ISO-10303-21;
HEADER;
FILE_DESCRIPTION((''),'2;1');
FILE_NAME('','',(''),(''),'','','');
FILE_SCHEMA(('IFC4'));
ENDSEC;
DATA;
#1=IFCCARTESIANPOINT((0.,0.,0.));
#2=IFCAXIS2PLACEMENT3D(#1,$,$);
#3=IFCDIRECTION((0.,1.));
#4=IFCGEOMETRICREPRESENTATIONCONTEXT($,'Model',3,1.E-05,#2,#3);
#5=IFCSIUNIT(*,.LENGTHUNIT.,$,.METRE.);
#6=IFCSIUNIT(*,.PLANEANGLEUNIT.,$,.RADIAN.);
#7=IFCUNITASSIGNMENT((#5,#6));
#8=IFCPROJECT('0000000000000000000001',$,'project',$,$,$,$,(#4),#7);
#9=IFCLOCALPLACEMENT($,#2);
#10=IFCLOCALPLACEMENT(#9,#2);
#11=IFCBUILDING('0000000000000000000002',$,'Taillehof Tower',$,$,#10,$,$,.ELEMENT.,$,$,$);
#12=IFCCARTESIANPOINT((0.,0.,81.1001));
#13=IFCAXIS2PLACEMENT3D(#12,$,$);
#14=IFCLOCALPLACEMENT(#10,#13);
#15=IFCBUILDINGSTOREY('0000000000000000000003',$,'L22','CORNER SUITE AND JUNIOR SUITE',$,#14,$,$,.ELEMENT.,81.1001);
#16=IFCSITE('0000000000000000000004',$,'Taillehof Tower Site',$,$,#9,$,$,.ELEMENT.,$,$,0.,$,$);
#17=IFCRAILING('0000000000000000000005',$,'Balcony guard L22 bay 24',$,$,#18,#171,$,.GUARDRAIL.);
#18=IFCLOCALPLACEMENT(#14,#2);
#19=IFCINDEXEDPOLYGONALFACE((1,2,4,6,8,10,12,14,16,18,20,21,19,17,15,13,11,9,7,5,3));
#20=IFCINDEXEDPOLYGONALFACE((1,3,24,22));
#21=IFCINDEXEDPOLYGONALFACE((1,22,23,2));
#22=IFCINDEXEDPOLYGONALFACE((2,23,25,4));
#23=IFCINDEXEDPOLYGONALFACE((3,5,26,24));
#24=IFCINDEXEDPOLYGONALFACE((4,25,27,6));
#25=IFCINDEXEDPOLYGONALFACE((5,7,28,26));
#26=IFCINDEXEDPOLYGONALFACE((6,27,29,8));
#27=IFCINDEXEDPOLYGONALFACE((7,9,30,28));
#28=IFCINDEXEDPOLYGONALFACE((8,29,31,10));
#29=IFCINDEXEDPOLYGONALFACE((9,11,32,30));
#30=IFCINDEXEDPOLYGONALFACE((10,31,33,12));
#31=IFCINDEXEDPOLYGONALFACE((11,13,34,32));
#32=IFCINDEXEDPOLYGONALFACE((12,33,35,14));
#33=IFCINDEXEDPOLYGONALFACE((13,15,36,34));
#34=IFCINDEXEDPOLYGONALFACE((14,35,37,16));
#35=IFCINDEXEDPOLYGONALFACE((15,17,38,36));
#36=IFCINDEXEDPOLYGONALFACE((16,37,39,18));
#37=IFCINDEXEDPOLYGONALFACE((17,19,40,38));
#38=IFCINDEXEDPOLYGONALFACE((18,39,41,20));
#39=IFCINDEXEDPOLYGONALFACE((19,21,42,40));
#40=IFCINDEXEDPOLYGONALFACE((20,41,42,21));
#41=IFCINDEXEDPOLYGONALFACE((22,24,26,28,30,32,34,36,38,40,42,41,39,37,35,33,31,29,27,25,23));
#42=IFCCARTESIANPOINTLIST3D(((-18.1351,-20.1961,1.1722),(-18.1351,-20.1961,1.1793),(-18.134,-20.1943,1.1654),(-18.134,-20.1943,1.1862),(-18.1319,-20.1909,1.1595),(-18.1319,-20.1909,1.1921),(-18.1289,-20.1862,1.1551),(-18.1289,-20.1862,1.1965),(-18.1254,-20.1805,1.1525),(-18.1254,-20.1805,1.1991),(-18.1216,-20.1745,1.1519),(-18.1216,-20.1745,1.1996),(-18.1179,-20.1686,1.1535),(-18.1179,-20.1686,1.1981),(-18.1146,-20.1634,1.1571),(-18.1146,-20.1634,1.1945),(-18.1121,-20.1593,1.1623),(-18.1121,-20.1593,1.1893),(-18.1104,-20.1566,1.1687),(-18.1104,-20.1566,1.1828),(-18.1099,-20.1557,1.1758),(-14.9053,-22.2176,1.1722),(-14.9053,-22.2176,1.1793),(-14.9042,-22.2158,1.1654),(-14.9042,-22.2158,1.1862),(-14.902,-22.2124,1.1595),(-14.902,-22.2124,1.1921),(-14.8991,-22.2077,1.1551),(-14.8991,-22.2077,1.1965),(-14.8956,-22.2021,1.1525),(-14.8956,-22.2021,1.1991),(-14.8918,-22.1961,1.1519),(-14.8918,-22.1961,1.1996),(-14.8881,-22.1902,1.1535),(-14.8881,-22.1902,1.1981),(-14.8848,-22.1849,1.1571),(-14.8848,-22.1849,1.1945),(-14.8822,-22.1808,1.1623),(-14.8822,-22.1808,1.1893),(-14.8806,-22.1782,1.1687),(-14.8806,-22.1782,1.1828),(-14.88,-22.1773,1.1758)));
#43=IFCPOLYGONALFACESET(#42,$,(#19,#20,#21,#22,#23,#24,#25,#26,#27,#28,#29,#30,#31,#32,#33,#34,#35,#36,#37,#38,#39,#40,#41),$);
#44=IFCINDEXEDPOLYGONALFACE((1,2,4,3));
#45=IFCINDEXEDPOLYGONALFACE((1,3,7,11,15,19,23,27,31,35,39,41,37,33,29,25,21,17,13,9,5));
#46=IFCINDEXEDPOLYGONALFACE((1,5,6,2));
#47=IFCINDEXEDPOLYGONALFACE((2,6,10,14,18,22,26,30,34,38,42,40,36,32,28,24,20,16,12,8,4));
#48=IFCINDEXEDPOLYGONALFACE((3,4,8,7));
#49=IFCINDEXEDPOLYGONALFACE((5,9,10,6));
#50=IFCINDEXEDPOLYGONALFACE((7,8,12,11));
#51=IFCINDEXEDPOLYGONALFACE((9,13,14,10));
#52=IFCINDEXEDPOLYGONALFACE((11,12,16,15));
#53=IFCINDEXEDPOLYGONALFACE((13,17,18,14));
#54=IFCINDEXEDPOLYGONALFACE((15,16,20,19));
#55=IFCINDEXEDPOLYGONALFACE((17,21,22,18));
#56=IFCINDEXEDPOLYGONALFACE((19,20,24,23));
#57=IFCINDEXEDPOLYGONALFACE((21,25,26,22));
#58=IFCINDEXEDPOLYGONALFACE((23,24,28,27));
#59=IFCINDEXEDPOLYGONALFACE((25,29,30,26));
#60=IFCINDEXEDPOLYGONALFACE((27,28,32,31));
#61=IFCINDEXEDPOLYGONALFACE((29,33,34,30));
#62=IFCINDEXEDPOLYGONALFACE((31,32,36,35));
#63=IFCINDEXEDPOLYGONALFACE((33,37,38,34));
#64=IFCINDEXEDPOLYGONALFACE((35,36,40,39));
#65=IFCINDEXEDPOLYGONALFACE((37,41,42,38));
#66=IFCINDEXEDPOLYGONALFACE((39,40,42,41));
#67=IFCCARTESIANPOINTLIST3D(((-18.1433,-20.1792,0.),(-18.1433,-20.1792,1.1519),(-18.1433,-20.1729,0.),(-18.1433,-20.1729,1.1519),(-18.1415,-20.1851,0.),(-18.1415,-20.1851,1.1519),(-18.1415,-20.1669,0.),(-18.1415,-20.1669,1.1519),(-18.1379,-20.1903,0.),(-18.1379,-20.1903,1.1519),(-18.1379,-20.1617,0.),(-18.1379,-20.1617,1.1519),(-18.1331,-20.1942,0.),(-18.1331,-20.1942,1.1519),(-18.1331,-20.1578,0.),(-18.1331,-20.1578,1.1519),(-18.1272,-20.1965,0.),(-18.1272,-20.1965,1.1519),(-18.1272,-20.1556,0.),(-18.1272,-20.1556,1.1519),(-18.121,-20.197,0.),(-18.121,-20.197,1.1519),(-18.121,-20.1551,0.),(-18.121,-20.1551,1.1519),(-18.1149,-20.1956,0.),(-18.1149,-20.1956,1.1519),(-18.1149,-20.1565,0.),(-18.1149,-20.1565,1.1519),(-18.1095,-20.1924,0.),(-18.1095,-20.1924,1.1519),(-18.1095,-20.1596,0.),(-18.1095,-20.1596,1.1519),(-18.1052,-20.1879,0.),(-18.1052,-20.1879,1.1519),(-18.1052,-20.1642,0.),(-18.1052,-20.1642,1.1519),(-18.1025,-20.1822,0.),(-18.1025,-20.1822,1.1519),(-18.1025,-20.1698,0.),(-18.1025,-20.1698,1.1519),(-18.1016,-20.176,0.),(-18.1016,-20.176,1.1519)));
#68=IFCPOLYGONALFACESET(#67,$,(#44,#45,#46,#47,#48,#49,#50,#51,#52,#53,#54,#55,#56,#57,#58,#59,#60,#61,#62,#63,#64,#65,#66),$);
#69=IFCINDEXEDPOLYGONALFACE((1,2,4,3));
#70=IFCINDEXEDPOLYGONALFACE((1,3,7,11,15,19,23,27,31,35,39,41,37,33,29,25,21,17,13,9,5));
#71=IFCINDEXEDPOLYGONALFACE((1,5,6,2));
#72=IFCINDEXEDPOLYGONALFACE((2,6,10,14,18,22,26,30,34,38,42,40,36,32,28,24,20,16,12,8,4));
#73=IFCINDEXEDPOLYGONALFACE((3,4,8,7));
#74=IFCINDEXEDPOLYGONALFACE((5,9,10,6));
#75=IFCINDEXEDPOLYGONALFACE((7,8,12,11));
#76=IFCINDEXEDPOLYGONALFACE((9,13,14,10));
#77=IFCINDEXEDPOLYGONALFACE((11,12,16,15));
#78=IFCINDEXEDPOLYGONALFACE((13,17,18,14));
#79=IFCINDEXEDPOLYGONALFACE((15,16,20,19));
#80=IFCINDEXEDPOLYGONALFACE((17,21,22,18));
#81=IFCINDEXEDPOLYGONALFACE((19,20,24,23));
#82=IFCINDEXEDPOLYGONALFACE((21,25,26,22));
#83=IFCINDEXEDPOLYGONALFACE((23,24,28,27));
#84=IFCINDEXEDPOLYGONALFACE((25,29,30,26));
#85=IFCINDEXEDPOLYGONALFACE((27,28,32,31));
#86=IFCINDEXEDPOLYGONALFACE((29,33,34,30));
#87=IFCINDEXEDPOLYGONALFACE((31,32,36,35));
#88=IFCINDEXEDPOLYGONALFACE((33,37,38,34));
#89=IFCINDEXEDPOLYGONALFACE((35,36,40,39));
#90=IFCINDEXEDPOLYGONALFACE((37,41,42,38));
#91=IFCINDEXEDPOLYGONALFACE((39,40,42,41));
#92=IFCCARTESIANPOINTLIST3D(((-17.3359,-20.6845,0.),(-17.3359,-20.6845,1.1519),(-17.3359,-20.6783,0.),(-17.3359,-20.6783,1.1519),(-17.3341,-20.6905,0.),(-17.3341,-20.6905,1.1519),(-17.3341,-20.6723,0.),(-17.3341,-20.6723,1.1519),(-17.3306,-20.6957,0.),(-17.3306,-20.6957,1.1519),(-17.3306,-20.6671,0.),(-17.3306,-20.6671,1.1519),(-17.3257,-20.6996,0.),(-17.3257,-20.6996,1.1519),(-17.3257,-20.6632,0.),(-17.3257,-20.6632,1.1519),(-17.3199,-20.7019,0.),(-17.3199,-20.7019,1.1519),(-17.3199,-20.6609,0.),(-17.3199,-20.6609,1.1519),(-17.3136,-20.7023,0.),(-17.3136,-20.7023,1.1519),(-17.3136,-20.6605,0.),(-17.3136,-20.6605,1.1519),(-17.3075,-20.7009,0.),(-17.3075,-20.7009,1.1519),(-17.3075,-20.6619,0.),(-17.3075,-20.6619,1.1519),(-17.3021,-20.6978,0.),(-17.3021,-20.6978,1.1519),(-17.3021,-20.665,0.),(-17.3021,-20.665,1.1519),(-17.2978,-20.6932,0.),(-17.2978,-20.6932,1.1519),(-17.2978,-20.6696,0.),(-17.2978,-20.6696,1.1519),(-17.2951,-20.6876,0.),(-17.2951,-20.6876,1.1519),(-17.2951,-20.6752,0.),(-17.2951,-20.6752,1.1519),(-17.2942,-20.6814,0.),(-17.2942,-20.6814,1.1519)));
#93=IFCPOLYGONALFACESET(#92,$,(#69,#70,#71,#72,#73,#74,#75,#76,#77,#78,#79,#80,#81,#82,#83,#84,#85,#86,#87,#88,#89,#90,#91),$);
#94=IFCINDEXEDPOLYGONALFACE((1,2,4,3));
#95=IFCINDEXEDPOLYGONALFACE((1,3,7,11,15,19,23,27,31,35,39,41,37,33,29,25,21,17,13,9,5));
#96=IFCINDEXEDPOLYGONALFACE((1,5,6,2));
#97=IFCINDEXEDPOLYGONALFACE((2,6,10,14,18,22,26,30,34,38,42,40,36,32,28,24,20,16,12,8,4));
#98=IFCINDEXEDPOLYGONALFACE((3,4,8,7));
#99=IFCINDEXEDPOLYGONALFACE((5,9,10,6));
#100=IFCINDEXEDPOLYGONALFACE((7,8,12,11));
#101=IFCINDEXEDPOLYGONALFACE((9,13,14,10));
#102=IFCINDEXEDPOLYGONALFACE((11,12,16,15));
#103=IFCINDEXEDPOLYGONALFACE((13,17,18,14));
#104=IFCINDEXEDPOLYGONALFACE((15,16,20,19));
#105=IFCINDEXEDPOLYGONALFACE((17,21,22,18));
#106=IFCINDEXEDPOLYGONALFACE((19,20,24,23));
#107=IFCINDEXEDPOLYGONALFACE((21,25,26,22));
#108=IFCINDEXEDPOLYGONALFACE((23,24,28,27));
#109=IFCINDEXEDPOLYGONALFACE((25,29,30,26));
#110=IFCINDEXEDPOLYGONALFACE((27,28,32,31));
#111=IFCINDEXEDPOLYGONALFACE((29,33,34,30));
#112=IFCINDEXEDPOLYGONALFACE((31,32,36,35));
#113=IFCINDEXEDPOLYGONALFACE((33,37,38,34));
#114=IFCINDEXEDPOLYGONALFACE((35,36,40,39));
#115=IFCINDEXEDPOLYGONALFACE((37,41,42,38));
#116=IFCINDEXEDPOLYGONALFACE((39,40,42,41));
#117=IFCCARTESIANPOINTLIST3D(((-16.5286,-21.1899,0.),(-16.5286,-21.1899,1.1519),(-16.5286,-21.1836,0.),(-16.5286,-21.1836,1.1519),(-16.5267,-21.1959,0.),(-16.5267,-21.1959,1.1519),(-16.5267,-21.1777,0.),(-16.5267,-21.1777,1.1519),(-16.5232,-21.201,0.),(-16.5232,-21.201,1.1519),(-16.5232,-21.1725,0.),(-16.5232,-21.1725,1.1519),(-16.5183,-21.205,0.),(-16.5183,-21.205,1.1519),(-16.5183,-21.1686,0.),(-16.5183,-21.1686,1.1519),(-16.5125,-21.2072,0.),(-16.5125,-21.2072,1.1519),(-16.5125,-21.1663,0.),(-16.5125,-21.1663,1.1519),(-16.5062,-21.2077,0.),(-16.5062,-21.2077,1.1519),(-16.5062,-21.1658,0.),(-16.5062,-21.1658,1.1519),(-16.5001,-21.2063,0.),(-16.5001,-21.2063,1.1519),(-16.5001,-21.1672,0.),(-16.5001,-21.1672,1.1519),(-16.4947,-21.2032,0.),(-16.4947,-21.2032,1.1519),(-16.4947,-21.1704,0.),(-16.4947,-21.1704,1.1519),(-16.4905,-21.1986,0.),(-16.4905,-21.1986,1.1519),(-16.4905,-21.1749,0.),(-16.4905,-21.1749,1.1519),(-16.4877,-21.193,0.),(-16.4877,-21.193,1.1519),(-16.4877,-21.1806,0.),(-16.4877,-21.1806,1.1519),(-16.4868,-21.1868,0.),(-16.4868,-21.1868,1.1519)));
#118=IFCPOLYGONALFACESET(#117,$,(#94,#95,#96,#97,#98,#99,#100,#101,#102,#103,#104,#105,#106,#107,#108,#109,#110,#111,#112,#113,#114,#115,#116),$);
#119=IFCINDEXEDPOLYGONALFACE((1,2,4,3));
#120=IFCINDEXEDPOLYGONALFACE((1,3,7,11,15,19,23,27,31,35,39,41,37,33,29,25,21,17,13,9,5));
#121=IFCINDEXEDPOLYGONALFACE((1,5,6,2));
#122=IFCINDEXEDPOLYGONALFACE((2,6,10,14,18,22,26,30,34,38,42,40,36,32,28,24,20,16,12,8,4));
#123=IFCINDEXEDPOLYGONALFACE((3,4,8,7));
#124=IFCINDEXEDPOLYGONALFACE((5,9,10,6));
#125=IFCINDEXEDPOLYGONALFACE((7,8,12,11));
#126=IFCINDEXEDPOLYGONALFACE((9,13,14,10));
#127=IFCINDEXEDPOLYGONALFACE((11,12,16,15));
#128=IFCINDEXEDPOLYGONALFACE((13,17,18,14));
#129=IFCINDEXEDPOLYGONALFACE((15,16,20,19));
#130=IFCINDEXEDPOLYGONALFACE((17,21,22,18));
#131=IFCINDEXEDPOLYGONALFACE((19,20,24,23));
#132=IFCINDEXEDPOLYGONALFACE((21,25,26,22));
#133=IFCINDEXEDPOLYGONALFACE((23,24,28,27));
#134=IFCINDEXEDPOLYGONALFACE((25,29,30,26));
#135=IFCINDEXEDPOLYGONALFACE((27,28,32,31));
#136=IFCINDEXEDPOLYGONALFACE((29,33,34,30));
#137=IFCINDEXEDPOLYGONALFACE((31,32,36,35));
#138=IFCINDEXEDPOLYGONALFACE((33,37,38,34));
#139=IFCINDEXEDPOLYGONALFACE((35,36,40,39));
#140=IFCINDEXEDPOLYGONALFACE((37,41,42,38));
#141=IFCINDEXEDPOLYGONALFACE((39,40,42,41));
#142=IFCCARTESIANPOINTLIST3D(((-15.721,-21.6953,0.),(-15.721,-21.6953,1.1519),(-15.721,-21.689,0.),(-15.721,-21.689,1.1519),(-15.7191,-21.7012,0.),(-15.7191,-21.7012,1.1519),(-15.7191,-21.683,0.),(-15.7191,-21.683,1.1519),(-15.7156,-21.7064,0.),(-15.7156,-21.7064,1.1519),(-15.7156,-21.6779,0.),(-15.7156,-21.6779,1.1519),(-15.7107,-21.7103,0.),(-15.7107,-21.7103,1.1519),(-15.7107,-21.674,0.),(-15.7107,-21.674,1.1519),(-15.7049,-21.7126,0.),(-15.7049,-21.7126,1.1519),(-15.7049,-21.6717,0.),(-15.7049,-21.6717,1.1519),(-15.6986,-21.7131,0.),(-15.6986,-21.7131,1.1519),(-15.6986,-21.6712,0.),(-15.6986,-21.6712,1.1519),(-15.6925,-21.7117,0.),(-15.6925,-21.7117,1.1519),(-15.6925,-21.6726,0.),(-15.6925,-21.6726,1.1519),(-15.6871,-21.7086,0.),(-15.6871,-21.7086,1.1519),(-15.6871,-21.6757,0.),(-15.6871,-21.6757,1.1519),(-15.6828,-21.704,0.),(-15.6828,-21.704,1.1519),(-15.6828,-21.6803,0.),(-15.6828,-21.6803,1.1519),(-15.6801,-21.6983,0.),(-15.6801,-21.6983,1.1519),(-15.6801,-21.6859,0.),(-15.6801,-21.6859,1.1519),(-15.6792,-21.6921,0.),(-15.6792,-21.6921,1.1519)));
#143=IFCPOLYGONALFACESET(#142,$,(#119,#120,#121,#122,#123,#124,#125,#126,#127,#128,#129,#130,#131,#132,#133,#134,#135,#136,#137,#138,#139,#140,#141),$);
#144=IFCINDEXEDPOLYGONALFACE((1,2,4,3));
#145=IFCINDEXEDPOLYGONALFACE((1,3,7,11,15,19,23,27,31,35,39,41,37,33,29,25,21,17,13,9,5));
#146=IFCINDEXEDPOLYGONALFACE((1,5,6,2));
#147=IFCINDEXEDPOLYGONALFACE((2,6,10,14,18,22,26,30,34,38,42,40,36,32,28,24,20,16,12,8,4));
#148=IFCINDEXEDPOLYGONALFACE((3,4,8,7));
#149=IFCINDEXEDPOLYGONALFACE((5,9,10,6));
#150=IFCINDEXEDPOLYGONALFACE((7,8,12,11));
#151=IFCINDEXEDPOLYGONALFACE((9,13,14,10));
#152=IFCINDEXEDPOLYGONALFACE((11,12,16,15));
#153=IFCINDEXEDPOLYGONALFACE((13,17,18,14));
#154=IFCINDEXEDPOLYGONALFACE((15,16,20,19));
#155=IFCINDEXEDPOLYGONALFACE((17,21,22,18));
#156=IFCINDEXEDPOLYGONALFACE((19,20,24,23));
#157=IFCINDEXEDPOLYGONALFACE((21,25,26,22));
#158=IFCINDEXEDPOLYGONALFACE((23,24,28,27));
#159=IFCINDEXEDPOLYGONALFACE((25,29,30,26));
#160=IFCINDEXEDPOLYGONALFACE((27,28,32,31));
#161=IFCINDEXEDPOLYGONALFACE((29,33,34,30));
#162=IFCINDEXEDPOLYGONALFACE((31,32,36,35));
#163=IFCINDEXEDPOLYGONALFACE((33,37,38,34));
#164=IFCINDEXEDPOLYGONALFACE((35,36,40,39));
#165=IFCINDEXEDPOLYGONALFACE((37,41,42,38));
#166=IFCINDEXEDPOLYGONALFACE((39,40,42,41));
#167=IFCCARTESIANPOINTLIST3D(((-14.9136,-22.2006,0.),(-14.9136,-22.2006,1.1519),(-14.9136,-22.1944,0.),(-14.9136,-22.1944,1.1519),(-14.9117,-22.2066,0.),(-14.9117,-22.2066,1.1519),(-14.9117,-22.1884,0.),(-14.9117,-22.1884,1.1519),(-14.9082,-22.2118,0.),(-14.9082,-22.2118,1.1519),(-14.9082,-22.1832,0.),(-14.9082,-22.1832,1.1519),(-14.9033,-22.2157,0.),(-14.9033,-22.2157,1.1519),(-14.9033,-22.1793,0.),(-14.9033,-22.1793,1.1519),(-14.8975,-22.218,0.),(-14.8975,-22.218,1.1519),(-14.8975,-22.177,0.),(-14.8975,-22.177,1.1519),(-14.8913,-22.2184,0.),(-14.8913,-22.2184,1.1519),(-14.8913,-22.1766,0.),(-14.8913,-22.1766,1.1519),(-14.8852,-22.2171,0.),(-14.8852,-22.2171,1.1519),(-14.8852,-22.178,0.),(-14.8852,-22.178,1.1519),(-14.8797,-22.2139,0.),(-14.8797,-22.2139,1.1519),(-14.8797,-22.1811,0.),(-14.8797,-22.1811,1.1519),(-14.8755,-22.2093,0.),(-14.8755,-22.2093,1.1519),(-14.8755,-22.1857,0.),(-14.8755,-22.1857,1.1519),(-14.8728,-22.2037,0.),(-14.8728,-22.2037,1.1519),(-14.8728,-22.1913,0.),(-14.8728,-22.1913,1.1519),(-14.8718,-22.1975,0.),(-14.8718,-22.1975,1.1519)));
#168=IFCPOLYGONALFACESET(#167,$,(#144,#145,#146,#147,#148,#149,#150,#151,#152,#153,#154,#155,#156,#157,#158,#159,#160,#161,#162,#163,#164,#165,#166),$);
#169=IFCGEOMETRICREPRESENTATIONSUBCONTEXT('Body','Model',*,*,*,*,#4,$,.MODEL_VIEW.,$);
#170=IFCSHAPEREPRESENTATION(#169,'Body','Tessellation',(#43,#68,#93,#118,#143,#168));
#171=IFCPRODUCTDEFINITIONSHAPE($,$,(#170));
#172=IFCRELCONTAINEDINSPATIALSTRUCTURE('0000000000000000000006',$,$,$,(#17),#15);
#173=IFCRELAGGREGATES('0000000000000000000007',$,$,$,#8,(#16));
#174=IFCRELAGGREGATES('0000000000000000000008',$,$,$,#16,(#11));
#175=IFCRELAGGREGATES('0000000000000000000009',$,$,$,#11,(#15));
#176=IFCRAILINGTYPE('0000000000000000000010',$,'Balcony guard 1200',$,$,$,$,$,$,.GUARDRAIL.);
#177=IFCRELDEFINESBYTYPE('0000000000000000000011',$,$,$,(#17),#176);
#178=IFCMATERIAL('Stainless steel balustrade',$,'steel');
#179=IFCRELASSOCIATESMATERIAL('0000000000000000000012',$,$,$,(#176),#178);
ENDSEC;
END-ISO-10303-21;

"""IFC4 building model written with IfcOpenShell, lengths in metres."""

from ifc_helpers import new_model, si_unit, direction, frame, origin, origin_2d, place, context, subcontext, project, spatial, circle, extrude, material, type_object, element, save


model = new_model("IFC4")

# Units and contexts
model_context = context("Model", 3, precision=1e-05, world=origin(), true_north=direction((0.0, 1.0)))
body_context = subcontext(model_context, "Body", "Model", "MODEL_VIEW")
ifc_project = project(units=[si_unit("LENGTHUNIT", "METRE"), si_unit("PLANEANGLEUNIT", "RADIAN")], contexts=[model_context])

# Site, building, storey
site_placement = place(None, origin())
site = spatial("IfcSite", under=ifc_project, at=site_placement, Name="Taillehof Tower Site", CompositionType="ELEMENT", RefElevation=0.0)
building_placement = place(site_placement, origin())
building = spatial("IfcBuilding", under=site, at=building_placement, Name="Taillehof Tower", CompositionType="ELEMENT")
storey_placement = place(building_placement, frame((0.0, 0.0, 81.1001)))
storey = spatial("IfcBuildingStorey", under=building, at=storey_placement, Name="L22", Description="CORNER SUITE AND JUNIOR SUITE", CompositionType="ELEMENT", Elevation=81.1001)

# Railing
ifc_material_1 = material(Name="Stainless steel balustrade", Category="steel")
railing_type = type_object("IfcRailingType", Name="Balcony guard 1200", PredefinedType="GUARDRAIL", material=ifc_material_1)
railing_placement = place(storey_placement, frame((-18.1226, -20.176, 0.0)))
element("IfcRailing", 1, at=railing_placement, inside=storey, type_object=railing_type, Name="Balcony guard L22 bay 24", PredefinedType="GUARDRAIL", context=body_context, shape_type="SweptSolid", body=[
    extrude(circle(Radius=0.0239, at=origin_2d()), frame((0.0, 0.0, 1.1758), z_axis=(0.847656, -0.530546, 0.0), x_axis=(0.530546, 0.847656, 0.0)), (0.0, 0.0, 1.0), 3.8103),
    extrude(circle(Radius=0.021, at=origin_2d()), origin(), (0.0, 0.0, 1.0), 1.1519),
    extrude(circle(Radius=0.021, at=origin_2d()), frame((0.8074, -0.5054, 0.0)), (0.0, 0.0, 1.0), 1.1519),
    extrude(circle(Radius=0.021, at=origin_2d()), frame((1.6147, -1.0107, 0.0)), (0.0, 0.0, 1.0), 1.1519),
    extrude(circle(Radius=0.021, at=origin_2d()), frame((2.4224, -1.5161, 0.0)), (0.0, 0.0, 1.0), 1.1519),
    extrude(circle(Radius=0.021, at=origin_2d()), frame((3.2297, -2.0215, 0.0)), (0.0, 0.0, 1.0), 1.1519),
])

save(model, "model.ifc")
